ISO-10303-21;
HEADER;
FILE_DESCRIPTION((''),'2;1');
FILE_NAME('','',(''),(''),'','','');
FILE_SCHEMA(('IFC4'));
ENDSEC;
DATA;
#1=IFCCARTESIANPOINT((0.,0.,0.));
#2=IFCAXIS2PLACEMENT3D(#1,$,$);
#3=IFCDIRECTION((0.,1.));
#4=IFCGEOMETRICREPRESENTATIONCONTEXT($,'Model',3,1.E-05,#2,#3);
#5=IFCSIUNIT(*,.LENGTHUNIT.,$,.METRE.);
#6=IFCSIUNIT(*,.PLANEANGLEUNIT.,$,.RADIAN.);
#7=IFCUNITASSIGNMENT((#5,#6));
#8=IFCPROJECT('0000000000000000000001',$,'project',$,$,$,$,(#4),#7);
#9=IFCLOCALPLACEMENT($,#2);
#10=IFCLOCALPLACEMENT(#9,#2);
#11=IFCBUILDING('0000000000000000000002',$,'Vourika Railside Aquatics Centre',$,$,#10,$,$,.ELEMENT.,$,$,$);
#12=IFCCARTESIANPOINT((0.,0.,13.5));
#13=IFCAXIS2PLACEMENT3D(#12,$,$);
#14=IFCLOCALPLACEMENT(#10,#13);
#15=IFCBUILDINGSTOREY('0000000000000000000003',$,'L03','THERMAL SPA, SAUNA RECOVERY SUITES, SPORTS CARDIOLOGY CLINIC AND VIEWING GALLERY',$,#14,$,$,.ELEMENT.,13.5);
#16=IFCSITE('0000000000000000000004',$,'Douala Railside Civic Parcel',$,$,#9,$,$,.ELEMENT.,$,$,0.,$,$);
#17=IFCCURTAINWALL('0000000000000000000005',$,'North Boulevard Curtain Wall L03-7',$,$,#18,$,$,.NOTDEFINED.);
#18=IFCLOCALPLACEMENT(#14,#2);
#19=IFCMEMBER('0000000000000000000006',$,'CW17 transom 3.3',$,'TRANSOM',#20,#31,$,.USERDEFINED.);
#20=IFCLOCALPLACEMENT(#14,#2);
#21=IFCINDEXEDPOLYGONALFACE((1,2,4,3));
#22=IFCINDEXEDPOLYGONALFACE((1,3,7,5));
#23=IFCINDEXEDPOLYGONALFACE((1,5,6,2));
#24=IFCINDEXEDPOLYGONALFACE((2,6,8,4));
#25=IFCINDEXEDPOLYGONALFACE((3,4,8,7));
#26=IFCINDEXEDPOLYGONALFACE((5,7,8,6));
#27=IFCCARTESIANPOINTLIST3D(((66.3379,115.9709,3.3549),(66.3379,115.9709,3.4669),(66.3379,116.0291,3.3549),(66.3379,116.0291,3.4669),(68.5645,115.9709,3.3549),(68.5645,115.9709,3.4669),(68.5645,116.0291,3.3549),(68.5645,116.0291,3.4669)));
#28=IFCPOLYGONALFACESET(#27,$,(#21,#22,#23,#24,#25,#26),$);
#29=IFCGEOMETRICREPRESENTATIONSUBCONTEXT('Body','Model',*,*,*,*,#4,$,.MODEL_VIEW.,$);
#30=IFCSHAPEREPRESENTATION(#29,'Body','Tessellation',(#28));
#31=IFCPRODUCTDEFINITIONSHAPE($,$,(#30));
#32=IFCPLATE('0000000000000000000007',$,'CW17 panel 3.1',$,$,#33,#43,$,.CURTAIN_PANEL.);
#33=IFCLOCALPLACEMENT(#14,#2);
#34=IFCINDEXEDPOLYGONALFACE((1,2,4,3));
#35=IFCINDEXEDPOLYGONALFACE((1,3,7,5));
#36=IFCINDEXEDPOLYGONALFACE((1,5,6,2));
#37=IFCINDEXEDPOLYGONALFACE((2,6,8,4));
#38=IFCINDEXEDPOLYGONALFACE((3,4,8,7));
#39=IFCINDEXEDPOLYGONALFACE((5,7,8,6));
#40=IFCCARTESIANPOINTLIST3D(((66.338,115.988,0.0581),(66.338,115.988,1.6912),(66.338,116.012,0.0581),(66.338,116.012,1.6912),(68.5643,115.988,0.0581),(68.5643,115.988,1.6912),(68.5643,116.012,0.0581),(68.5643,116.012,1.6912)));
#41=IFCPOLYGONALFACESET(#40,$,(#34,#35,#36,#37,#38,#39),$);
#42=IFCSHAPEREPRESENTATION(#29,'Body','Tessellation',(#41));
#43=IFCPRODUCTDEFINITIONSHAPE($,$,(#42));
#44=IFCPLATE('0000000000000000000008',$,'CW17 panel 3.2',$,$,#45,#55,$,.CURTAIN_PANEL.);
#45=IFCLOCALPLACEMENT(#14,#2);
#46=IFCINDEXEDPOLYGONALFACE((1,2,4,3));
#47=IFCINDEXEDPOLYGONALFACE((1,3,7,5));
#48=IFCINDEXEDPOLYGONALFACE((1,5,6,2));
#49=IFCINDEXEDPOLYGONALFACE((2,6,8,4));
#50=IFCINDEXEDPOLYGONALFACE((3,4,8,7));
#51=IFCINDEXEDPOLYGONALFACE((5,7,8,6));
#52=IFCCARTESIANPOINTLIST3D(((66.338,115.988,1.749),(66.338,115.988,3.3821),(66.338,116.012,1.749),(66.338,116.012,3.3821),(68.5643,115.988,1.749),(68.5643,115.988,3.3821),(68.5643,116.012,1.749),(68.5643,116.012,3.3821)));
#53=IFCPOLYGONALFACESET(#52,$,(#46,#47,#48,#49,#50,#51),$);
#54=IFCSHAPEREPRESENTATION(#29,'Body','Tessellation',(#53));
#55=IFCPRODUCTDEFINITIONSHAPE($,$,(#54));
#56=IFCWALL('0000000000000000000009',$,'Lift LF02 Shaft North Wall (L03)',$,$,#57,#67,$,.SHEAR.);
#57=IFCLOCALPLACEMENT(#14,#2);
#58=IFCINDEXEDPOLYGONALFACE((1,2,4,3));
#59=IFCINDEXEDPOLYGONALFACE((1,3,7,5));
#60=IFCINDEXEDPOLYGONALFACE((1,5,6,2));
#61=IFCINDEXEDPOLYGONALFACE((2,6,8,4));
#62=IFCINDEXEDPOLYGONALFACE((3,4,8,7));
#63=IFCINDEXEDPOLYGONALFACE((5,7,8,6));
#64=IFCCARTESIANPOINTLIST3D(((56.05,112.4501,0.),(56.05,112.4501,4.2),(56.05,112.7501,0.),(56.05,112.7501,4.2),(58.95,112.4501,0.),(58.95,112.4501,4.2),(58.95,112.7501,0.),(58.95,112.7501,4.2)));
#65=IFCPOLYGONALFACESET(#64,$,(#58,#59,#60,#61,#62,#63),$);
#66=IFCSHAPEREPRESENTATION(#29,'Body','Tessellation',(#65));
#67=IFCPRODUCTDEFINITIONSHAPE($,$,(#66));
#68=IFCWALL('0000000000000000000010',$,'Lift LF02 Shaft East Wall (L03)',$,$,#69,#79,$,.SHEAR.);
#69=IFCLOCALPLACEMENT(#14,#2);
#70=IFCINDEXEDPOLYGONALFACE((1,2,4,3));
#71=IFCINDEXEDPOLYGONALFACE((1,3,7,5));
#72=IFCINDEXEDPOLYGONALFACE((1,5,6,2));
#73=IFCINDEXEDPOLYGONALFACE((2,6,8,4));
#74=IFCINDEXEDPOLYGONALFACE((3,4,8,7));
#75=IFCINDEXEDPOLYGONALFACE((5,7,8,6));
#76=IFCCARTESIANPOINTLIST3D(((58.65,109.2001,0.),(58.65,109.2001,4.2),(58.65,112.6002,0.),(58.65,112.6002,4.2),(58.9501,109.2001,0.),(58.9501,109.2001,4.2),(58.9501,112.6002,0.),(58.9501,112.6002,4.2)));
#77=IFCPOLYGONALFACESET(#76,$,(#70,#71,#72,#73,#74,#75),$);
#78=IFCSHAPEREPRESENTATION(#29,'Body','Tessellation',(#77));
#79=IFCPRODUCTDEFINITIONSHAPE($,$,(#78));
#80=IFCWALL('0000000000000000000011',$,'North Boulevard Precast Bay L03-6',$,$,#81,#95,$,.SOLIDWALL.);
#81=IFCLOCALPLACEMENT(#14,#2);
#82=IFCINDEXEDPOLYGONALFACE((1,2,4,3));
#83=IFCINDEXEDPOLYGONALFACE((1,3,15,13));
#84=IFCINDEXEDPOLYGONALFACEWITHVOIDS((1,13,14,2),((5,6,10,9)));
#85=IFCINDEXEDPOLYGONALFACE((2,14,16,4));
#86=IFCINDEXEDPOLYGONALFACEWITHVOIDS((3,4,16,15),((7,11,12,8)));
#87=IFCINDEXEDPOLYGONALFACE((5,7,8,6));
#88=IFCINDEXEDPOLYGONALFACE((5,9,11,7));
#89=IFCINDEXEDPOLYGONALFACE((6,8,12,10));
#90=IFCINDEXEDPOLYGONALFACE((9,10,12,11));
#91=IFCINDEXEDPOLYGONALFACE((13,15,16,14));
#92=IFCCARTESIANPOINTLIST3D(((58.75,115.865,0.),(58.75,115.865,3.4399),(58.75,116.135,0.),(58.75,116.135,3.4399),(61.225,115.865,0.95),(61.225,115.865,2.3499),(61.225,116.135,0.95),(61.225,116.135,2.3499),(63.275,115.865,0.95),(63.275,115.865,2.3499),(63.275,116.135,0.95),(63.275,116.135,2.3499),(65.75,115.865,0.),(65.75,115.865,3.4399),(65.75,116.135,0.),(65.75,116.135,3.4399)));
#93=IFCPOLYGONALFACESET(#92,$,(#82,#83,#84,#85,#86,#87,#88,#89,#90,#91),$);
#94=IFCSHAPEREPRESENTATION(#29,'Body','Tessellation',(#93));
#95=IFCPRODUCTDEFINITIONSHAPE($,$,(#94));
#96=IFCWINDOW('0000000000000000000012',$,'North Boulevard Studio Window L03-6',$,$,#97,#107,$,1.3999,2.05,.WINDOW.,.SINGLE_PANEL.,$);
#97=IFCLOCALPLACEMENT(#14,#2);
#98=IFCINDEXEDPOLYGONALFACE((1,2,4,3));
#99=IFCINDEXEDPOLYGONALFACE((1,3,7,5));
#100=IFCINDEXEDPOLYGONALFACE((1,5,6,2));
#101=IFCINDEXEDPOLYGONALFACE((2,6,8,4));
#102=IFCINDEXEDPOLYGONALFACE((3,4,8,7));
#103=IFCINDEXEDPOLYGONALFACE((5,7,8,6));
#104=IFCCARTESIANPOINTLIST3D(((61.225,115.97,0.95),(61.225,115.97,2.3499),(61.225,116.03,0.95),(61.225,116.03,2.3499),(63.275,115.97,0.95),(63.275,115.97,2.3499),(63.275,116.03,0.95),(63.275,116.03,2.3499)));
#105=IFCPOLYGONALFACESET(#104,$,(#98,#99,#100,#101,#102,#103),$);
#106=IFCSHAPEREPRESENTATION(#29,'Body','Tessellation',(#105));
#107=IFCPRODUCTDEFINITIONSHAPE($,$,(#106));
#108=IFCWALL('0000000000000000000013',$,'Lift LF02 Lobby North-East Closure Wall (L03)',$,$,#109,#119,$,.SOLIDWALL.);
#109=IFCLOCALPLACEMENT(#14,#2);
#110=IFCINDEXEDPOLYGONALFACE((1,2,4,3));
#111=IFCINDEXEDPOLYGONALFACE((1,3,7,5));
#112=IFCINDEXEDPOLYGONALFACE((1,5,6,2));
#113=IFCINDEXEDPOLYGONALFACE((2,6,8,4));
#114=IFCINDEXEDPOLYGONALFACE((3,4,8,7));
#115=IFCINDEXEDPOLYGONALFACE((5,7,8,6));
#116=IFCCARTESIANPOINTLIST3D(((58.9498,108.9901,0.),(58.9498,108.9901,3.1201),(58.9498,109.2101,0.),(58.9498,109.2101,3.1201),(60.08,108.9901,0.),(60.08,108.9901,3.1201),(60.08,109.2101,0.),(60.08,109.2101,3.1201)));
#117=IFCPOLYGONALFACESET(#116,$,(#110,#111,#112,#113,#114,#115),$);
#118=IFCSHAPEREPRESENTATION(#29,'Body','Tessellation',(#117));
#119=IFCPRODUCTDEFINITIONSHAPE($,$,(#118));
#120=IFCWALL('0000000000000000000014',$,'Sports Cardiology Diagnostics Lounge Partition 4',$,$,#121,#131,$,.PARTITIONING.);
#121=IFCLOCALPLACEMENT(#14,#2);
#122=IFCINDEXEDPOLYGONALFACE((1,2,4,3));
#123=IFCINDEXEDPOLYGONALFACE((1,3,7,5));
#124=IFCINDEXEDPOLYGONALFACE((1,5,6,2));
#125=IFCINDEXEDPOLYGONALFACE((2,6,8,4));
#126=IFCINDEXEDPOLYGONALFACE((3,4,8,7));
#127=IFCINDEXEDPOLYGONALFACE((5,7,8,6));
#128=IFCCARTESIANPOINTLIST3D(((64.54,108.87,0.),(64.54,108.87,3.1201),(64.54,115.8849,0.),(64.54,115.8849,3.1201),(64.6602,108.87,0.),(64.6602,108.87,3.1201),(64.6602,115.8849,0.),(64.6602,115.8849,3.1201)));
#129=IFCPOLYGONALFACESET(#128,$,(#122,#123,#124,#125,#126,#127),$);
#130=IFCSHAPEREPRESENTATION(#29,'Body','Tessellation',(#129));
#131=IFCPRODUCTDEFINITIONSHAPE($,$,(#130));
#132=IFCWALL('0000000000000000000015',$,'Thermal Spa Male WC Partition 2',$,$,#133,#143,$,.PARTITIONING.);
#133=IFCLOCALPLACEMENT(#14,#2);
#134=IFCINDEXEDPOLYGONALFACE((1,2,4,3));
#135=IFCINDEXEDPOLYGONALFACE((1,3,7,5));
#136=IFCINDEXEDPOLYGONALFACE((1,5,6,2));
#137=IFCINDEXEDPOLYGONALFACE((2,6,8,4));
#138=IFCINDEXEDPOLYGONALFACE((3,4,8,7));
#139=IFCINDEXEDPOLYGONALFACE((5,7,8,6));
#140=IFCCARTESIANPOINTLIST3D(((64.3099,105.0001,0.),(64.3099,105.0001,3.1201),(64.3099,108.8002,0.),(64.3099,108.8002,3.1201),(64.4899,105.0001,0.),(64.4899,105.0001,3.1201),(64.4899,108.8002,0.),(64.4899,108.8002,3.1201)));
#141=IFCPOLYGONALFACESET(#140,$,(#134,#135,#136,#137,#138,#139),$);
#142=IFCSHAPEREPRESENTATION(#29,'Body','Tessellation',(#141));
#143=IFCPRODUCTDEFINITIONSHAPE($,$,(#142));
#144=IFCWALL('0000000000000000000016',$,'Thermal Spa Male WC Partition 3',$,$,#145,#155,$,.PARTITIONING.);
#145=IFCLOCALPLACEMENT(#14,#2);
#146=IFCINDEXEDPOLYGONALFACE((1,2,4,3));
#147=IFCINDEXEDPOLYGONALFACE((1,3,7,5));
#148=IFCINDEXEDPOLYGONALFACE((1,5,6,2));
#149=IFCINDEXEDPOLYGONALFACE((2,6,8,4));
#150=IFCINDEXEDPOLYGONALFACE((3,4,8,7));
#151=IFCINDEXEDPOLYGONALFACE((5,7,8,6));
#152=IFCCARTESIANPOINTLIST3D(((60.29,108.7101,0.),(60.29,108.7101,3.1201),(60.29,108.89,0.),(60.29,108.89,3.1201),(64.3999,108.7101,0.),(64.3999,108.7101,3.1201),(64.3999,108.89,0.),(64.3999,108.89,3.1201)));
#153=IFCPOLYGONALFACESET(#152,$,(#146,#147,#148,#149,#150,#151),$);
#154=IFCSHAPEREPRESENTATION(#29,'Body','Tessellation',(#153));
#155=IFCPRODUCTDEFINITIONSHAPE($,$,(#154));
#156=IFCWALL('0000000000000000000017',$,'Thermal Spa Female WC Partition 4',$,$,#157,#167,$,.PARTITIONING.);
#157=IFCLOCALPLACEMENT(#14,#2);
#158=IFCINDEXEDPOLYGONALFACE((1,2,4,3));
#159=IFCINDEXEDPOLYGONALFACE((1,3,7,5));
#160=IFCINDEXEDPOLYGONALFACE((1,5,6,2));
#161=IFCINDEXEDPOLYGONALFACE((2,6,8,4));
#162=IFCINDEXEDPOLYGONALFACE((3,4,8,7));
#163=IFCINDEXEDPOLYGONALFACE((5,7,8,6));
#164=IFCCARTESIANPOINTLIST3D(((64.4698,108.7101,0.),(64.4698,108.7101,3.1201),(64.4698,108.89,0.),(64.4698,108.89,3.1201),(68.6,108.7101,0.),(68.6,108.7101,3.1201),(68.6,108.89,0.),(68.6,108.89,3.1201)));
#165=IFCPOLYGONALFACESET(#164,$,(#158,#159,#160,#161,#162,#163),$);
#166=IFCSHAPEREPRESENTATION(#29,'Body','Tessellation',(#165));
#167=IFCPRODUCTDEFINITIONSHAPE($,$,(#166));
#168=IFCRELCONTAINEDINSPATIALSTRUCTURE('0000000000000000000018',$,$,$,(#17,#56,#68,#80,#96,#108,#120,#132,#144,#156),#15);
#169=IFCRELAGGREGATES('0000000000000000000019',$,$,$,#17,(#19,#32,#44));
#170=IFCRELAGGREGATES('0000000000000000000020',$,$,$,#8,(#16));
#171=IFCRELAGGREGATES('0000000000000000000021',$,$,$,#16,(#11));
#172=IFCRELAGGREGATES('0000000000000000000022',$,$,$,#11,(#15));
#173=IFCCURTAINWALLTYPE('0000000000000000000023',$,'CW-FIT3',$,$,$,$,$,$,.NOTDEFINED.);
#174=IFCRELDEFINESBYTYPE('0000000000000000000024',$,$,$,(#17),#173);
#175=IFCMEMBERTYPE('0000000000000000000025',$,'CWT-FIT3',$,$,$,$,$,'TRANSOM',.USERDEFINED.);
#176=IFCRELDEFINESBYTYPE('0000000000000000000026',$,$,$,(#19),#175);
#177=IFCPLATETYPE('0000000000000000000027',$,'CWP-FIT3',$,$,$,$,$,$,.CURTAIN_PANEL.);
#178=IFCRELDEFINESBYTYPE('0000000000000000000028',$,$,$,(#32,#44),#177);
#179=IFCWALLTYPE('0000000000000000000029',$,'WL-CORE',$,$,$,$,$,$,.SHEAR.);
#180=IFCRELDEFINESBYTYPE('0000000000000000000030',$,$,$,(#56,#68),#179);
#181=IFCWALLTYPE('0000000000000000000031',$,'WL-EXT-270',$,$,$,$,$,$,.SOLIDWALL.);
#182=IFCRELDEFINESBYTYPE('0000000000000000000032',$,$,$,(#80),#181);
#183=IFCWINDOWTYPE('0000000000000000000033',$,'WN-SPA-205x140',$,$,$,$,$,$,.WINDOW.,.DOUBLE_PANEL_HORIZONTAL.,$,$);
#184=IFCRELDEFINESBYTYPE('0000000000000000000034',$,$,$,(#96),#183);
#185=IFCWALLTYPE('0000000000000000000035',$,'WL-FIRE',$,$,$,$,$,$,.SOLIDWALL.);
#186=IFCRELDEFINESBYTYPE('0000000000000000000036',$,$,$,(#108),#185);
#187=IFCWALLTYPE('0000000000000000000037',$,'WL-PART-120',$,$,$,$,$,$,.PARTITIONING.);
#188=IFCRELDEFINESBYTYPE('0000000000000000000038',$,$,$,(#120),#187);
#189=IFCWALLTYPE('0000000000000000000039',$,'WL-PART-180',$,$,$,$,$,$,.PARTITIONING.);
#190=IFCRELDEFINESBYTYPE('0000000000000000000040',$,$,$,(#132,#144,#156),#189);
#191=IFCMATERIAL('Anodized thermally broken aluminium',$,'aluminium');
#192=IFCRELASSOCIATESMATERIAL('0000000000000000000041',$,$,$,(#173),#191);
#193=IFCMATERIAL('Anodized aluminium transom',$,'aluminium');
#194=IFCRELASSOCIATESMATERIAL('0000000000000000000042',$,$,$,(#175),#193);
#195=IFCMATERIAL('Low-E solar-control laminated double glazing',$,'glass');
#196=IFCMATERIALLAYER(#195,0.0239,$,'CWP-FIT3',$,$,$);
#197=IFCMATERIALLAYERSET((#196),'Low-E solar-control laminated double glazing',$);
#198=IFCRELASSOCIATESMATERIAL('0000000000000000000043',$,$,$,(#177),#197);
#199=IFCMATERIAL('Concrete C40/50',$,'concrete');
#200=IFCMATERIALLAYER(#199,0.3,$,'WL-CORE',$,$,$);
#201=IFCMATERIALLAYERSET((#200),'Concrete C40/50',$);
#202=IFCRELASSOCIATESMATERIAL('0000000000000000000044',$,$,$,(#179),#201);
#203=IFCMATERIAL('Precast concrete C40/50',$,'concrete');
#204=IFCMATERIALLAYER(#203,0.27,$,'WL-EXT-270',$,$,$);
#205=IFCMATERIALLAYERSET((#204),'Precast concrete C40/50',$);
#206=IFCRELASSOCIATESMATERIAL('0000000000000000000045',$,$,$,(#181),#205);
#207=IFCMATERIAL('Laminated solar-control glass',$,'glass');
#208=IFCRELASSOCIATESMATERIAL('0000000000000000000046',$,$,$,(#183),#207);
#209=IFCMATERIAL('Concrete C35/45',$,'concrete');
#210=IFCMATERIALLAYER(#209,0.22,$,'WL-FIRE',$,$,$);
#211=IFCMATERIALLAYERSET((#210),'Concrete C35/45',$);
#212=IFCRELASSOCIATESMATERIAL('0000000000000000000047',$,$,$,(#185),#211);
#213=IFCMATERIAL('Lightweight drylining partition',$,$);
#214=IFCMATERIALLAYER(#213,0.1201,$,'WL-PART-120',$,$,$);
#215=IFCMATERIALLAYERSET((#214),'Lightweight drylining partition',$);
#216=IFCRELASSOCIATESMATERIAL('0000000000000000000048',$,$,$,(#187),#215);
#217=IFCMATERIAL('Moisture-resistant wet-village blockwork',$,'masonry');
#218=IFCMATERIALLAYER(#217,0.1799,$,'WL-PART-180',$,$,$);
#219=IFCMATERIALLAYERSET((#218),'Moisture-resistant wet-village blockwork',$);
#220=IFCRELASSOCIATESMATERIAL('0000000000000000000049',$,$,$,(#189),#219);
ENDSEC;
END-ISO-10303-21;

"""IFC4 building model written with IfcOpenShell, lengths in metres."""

from ifc_helpers import new_model, si_unit, direction, frame, frame_2d, origin, origin_2d, place, context, subcontext, project, spatial, rectangle, extrude, material, layer, layer_set, material_profile, profile_set, type_object, element, fill, aggregate, save


model = new_model("IFC4")

# Units and contexts
model_context = context("Model", 3, precision=1e-05, world=origin(), true_north=direction((0.0, 1.0)))
body_context = subcontext(model_context, "Body", "Model", "MODEL_VIEW")
ifc_project = project(units=[si_unit("LENGTHUNIT", "METRE"), si_unit("PLANEANGLEUNIT", "RADIAN")], contexts=[model_context])

# Site, building, storey
site_placement = place(None, origin())
site = spatial("IfcSite", under=ifc_project, at=site_placement, Name="Douala Railside Civic Parcel", CompositionType="ELEMENT", RefElevation=0.0)
building_placement = place(site_placement, origin())
building = spatial("IfcBuilding", under=site, at=building_placement, Name="Vourika Railside Aquatics Centre", CompositionType="ELEMENT")
storey_placement = place(building_placement, frame((0.0, 0.0, 13.5)))
storey = spatial("IfcBuildingStorey", under=building, at=storey_placement, Name="L03", Description="THERMAL SPA, SAUNA RECOVERY SUITES, SPORTS CARDIOLOGY CLINIC AND VIEWING GALLERY", CompositionType="ELEMENT", Elevation=13.5)

# Shared definitions
ifc_material_1 = material(Name="Concrete C35/45", Category="concrete")

# Shared definitions
ifc_material_2 = material(Name="Anodized thermally broken aluminium", Category="aluminium")
curtain_wall_type = type_object("IfcCurtainWallType", Name="CW-FIT3", PredefinedType="NOTDEFINED", material=ifc_material_2)

# Curtain wall, member, plates
curtain_wall_1_placement = place(storey_placement, origin())
curtain_wall_1 = element("IfcCurtainWall", 1, at=curtain_wall_1_placement, inside=storey, type_object=curtain_wall_type, Name="North Boulevard Curtain Wall L03-7", PredefinedType="NOTDEFINED")
ifc_material_3 = material(Name="Anodized aluminium transom", Category="aluminium")
ifc_material_profile_1 = material_profile(ifc_material_3, rectangle(XDim=0.0581, YDim=0.1121, at=origin_2d()), Name="ALU-T 58x112")
ifc_profile_set_1 = profile_set([ifc_material_profile_1], Name="Anodized aluminium transom")
member_type_1 = type_object("IfcMemberType", Name="CWT-FIT3", ElementType="TRANSOM", PredefinedType="USERDEFINED", material=ifc_profile_set_1)
member_1_placement = place(storey_placement, frame((68.5645, 116.0, 3.4109), z_axis=(-1.0, 0.0, 0.0), x_axis=(0.0, -1.0, 0.0)))
member_1 = element("IfcMember", 2, at=member_1_placement, type_object=member_type_1, Name="CW17 transom 3.3", ObjectType="TRANSOM", PredefinedType="USERDEFINED", context=body_context, shape_type="SweptSolid", body=[
    extrude(rectangle(XDim=0.0581, YDim=0.1121, at=origin_2d()), origin(), (0.0, 0.0, 1.0), 2.2266),
])
ifc_material_4 = material(Name="Low-E solar-control laminated double glazing", Category="glass")
ifc_layer_1 = layer(ifc_material_4, 0.0239, Name="CWP-FIT3")
ifc_layer_set_1 = layer_set([ifc_layer_1], Name="Low-E solar-control laminated double glazing")
plate_type = type_object("IfcPlateType", Name="CWP-FIT3", PredefinedType="CURTAIN_PANEL", material=ifc_layer_set_1)
plate_1_placement = place(storey_placement, frame((67.4512, 116.0, 0.0581), z_axis=(0.0, 0.0, 1.0), x_axis=(-1.0, 0.0, 0.0)))
plate_1 = element("IfcPlate", 3, at=plate_1_placement, type_object=plate_type, Name="CW17 panel 3.1", PredefinedType="CURTAIN_PANEL", context=body_context, shape_type="SweptSolid", body=[
    extrude(rectangle(XDim=2.2263, YDim=0.0239, at=origin_2d()), origin(), (0.0, 0.0, 1.0), 1.6331),
])
plate_2_placement = place(storey_placement, frame((67.4512, 116.0, 1.749), z_axis=(0.0, 0.0, 1.0), x_axis=(-1.0, 0.0, 0.0)))
plate_2 = element("IfcPlate", 4, at=plate_2_placement, type_object=plate_type, Name="CW17 panel 3.2", PredefinedType="CURTAIN_PANEL", context=body_context, shape_type="SweptSolid", body=[
    extrude(rectangle(XDim=2.2263, YDim=0.0239, at=origin_2d()), origin(), (0.0, 0.0, 1.0), 1.6331),
])
aggregate(curtain_wall_1, [member_1, plate_1, plate_2])

# Walls
ifc_material_5 = material(Name="Concrete C40/50", Category="concrete")
ifc_layer_2 = layer(ifc_material_5, 0.3, Name="WL-CORE")
ifc_layer_set_2 = layer_set([ifc_layer_2], Name="Concrete C40/50")
wall_type_1 = type_object("IfcWallType", Name="WL-CORE", PredefinedType="SHEAR", material=ifc_layer_set_2)
wall_1_placement = place(storey_placement, frame((58.95, 112.6001, 0.0), z_axis=(0.0, 0.0, 1.0), x_axis=(-1.0, 0.0, 0.0)))
element("IfcWall", 5, at=wall_1_placement, inside=storey, type_object=wall_type_1, Name="Lift LF02 Shaft North Wall (L03)", PredefinedType="SHEAR", context=body_context, shape_type="SweptSolid", body=[
    extrude(rectangle(XDim=2.8999, YDim=0.3, at=frame_2d((1.45, 0.0))), origin(), (0.0, 0.0, 1.0), 4.2),
])
wall_2_placement = place(storey_placement, frame((58.8, 109.2, 0.0), z_axis=(0.0, 0.0, 1.0), x_axis=(0.0, 1.0, 0.0)))
element("IfcWall", 6, at=wall_2_placement, inside=storey, type_object=wall_type_1, Name="Lift LF02 Shaft East Wall (L03)", PredefinedType="SHEAR", context=body_context, shape_type="SweptSolid", body=[
    extrude(rectangle(XDim=3.4001, YDim=0.3, at=frame_2d((1.7002, 0.0))), origin(), (0.0, 0.0, 1.0), 4.2),
])

# Wall, opening, window
ifc_material_6 = material(Name="Precast concrete C40/50", Category="concrete")
ifc_layer_3 = layer(ifc_material_6, 0.27, Name="WL-EXT-270")
ifc_layer_set_3 = layer_set([ifc_layer_3], Name="Precast concrete C40/50")
wall_type_2 = type_object("IfcWallType", Name="WL-EXT-270", PredefinedType="SOLIDWALL", material=ifc_layer_set_3)
wall_3_placement = place(storey_placement, frame((65.75, 116.0, 0.0), z_axis=(0.0, 0.0, 1.0), x_axis=(-1.0, 0.0, 0.0)))
wall_3 = element("IfcWall", 7, at=wall_3_placement, inside=storey, type_object=wall_type_2, Name="North Boulevard Precast Bay L03-6", PredefinedType="SOLIDWALL", context=body_context, shape_type="SweptSolid", body=[
    extrude(rectangle(XDim=7.0, YDim=0.27, at=frame_2d((3.5, 0.0))), origin(), (0.0, 0.0, 1.0), 3.4399),
])
opening_placement = place(wall_3_placement, frame((2.4751, 0.0, 0.95)))
opening = element("IfcOpeningElement", 8, at=opening_placement, cuts=wall_3, PredefinedType="OPENING", context=body_context, shape_type="SweptSolid", body=[
    extrude(rectangle(XDim=2.05, YDim=1.3999, at=frame_2d((1.0249, 0.7))), frame((0.0, 0.145, 0.0), z_axis=(0.0, -1.0, 0.0), x_axis=(1.0, 0.0, 0.0)), (0.0, 0.0, 1.0), 0.29),
])
ifc_material_7 = material(Name="Laminated solar-control glass", Category="glass")
window_type = type_object("IfcWindowType", Name="WN-SPA-205x140", PartitioningType="DOUBLE_PANEL_HORIZONTAL", PredefinedType="WINDOW", material=ifc_material_7)
window_placement = place(opening_placement, origin())
window = element("IfcWindow", 9, at=window_placement, inside=storey, type_object=window_type, Name="North Boulevard Studio Window L03-6", OverallHeight=1.3999, OverallWidth=2.05, PartitioningType="SINGLE_PANEL", PredefinedType="WINDOW", context=body_context, shape_type="SweptSolid", body=[
    extrude(rectangle(XDim=2.05, YDim=1.3999, at=frame_2d((1.0249, 0.7))), frame((0.0, 0.03, 0.0), z_axis=(0.0, -1.0, 0.0), x_axis=(1.0, 0.0, 0.0)), (0.0, 0.0, 1.0), 0.0601),
])
fill(opening, window)

# Walls
ifc_layer_4 = layer(ifc_material_1, 0.22, Name="WL-FIRE")
ifc_layer_set_4 = layer_set([ifc_layer_4], Name="Concrete C35/45")
wall_type_3 = type_object("IfcWallType", Name="WL-FIRE", PredefinedType="SOLIDWALL", material=ifc_layer_set_4)
wall_4_placement = place(storey_placement, frame((58.95, 109.1001, 0.0), z_axis=(0.0, 0.0, 1.0), x_axis=(1.0, 0.0, 0.0)))
element("IfcWall", 10, at=wall_4_placement, inside=storey, type_object=wall_type_3, Name="Lift LF02 Lobby North-East Closure Wall (L03)", PredefinedType="SOLIDWALL", context=body_context, shape_type="SweptSolid", body=[
    extrude(rectangle(XDim=1.1301, YDim=0.22, at=frame_2d((0.5649, 0.0))), origin(), (0.0, 0.0, 1.0), 3.1201),
])
ifc_material_8 = material(Name="Lightweight drylining partition")
ifc_layer_5 = layer(ifc_material_8, 0.1201, Name="WL-PART-120")
ifc_layer_set_5 = layer_set([ifc_layer_5], Name="Lightweight drylining partition")
wall_type_4 = type_object("IfcWallType", Name="WL-PART-120", PredefinedType="PARTITIONING", material=ifc_layer_set_5)
wall_5_placement = place(storey_placement, frame((64.6001, 108.8701, 0.0), z_axis=(0.0, 0.0, 1.0), x_axis=(0.0, 1.0, 0.0)))
element("IfcWall", 11, at=wall_5_placement, inside=storey, type_object=wall_type_4, Name="Sports Cardiology Diagnostics Lounge Partition 4", PredefinedType="PARTITIONING", context=body_context, shape_type="SweptSolid", body=[
    extrude(rectangle(XDim=7.0149, YDim=0.1201, at=frame_2d((3.5073, 0.0))), origin(), (0.0, 0.0, 1.0), 3.1201),
])
ifc_material_9 = material(Name="Moisture-resistant wet-village blockwork", Category="masonry")
ifc_layer_6 = layer(ifc_material_9, 0.1799, Name="WL-PART-180")
ifc_layer_set_6 = layer_set([ifc_layer_6], Name="Moisture-resistant wet-village blockwork")
wall_type_5 = type_object("IfcWallType", Name="WL-PART-180", PredefinedType="PARTITIONING", material=ifc_layer_set_6)
wall_6_placement = place(storey_placement, frame((64.3999, 108.8, 0.0), z_axis=(0.0, 0.0, 1.0), x_axis=(0.0, -1.0, 0.0)))
element("IfcWall", 12, at=wall_6_placement, inside=storey, type_object=wall_type_5, Name="Thermal Spa Male WC Partition 2", PredefinedType="PARTITIONING", context=body_context, shape_type="SweptSolid", body=[
    extrude(rectangle(XDim=3.8, YDim=0.1799, at=frame_2d((1.8999, 0.0))), origin(), (0.0, 0.0, 1.0), 3.1201),
])
wall_7_placement = place(storey_placement, frame((60.29, 108.8, 0.0), z_axis=(0.0, 0.0, 1.0), x_axis=(1.0, 0.0, 0.0)))
element("IfcWall", 13, at=wall_7_placement, inside=storey, type_object=wall_type_5, Name="Thermal Spa Male WC Partition 3", PredefinedType="PARTITIONING", context=body_context, shape_type="SweptSolid", body=[
    extrude(rectangle(XDim=4.1099, YDim=0.1799, at=frame_2d((2.0549, 0.0))), origin(), (0.0, 0.0, 1.0), 3.1201),
])
wall_8_placement = place(storey_placement, frame((64.47, 108.8, 0.0), z_axis=(0.0, 0.0, 1.0), x_axis=(1.0, 0.0, 0.0)))
element("IfcWall", 14, at=wall_8_placement, inside=storey, type_object=wall_type_5, Name="Thermal Spa Female WC Partition 4", PredefinedType="PARTITIONING", context=body_context, shape_type="SweptSolid", body=[
    extrude(rectangle(XDim=4.1301, YDim=0.1799, at=frame_2d((2.0649, 0.0))), origin(), (0.0, 0.0, 1.0), 3.1201),
])

save(model, "model.ifc")
